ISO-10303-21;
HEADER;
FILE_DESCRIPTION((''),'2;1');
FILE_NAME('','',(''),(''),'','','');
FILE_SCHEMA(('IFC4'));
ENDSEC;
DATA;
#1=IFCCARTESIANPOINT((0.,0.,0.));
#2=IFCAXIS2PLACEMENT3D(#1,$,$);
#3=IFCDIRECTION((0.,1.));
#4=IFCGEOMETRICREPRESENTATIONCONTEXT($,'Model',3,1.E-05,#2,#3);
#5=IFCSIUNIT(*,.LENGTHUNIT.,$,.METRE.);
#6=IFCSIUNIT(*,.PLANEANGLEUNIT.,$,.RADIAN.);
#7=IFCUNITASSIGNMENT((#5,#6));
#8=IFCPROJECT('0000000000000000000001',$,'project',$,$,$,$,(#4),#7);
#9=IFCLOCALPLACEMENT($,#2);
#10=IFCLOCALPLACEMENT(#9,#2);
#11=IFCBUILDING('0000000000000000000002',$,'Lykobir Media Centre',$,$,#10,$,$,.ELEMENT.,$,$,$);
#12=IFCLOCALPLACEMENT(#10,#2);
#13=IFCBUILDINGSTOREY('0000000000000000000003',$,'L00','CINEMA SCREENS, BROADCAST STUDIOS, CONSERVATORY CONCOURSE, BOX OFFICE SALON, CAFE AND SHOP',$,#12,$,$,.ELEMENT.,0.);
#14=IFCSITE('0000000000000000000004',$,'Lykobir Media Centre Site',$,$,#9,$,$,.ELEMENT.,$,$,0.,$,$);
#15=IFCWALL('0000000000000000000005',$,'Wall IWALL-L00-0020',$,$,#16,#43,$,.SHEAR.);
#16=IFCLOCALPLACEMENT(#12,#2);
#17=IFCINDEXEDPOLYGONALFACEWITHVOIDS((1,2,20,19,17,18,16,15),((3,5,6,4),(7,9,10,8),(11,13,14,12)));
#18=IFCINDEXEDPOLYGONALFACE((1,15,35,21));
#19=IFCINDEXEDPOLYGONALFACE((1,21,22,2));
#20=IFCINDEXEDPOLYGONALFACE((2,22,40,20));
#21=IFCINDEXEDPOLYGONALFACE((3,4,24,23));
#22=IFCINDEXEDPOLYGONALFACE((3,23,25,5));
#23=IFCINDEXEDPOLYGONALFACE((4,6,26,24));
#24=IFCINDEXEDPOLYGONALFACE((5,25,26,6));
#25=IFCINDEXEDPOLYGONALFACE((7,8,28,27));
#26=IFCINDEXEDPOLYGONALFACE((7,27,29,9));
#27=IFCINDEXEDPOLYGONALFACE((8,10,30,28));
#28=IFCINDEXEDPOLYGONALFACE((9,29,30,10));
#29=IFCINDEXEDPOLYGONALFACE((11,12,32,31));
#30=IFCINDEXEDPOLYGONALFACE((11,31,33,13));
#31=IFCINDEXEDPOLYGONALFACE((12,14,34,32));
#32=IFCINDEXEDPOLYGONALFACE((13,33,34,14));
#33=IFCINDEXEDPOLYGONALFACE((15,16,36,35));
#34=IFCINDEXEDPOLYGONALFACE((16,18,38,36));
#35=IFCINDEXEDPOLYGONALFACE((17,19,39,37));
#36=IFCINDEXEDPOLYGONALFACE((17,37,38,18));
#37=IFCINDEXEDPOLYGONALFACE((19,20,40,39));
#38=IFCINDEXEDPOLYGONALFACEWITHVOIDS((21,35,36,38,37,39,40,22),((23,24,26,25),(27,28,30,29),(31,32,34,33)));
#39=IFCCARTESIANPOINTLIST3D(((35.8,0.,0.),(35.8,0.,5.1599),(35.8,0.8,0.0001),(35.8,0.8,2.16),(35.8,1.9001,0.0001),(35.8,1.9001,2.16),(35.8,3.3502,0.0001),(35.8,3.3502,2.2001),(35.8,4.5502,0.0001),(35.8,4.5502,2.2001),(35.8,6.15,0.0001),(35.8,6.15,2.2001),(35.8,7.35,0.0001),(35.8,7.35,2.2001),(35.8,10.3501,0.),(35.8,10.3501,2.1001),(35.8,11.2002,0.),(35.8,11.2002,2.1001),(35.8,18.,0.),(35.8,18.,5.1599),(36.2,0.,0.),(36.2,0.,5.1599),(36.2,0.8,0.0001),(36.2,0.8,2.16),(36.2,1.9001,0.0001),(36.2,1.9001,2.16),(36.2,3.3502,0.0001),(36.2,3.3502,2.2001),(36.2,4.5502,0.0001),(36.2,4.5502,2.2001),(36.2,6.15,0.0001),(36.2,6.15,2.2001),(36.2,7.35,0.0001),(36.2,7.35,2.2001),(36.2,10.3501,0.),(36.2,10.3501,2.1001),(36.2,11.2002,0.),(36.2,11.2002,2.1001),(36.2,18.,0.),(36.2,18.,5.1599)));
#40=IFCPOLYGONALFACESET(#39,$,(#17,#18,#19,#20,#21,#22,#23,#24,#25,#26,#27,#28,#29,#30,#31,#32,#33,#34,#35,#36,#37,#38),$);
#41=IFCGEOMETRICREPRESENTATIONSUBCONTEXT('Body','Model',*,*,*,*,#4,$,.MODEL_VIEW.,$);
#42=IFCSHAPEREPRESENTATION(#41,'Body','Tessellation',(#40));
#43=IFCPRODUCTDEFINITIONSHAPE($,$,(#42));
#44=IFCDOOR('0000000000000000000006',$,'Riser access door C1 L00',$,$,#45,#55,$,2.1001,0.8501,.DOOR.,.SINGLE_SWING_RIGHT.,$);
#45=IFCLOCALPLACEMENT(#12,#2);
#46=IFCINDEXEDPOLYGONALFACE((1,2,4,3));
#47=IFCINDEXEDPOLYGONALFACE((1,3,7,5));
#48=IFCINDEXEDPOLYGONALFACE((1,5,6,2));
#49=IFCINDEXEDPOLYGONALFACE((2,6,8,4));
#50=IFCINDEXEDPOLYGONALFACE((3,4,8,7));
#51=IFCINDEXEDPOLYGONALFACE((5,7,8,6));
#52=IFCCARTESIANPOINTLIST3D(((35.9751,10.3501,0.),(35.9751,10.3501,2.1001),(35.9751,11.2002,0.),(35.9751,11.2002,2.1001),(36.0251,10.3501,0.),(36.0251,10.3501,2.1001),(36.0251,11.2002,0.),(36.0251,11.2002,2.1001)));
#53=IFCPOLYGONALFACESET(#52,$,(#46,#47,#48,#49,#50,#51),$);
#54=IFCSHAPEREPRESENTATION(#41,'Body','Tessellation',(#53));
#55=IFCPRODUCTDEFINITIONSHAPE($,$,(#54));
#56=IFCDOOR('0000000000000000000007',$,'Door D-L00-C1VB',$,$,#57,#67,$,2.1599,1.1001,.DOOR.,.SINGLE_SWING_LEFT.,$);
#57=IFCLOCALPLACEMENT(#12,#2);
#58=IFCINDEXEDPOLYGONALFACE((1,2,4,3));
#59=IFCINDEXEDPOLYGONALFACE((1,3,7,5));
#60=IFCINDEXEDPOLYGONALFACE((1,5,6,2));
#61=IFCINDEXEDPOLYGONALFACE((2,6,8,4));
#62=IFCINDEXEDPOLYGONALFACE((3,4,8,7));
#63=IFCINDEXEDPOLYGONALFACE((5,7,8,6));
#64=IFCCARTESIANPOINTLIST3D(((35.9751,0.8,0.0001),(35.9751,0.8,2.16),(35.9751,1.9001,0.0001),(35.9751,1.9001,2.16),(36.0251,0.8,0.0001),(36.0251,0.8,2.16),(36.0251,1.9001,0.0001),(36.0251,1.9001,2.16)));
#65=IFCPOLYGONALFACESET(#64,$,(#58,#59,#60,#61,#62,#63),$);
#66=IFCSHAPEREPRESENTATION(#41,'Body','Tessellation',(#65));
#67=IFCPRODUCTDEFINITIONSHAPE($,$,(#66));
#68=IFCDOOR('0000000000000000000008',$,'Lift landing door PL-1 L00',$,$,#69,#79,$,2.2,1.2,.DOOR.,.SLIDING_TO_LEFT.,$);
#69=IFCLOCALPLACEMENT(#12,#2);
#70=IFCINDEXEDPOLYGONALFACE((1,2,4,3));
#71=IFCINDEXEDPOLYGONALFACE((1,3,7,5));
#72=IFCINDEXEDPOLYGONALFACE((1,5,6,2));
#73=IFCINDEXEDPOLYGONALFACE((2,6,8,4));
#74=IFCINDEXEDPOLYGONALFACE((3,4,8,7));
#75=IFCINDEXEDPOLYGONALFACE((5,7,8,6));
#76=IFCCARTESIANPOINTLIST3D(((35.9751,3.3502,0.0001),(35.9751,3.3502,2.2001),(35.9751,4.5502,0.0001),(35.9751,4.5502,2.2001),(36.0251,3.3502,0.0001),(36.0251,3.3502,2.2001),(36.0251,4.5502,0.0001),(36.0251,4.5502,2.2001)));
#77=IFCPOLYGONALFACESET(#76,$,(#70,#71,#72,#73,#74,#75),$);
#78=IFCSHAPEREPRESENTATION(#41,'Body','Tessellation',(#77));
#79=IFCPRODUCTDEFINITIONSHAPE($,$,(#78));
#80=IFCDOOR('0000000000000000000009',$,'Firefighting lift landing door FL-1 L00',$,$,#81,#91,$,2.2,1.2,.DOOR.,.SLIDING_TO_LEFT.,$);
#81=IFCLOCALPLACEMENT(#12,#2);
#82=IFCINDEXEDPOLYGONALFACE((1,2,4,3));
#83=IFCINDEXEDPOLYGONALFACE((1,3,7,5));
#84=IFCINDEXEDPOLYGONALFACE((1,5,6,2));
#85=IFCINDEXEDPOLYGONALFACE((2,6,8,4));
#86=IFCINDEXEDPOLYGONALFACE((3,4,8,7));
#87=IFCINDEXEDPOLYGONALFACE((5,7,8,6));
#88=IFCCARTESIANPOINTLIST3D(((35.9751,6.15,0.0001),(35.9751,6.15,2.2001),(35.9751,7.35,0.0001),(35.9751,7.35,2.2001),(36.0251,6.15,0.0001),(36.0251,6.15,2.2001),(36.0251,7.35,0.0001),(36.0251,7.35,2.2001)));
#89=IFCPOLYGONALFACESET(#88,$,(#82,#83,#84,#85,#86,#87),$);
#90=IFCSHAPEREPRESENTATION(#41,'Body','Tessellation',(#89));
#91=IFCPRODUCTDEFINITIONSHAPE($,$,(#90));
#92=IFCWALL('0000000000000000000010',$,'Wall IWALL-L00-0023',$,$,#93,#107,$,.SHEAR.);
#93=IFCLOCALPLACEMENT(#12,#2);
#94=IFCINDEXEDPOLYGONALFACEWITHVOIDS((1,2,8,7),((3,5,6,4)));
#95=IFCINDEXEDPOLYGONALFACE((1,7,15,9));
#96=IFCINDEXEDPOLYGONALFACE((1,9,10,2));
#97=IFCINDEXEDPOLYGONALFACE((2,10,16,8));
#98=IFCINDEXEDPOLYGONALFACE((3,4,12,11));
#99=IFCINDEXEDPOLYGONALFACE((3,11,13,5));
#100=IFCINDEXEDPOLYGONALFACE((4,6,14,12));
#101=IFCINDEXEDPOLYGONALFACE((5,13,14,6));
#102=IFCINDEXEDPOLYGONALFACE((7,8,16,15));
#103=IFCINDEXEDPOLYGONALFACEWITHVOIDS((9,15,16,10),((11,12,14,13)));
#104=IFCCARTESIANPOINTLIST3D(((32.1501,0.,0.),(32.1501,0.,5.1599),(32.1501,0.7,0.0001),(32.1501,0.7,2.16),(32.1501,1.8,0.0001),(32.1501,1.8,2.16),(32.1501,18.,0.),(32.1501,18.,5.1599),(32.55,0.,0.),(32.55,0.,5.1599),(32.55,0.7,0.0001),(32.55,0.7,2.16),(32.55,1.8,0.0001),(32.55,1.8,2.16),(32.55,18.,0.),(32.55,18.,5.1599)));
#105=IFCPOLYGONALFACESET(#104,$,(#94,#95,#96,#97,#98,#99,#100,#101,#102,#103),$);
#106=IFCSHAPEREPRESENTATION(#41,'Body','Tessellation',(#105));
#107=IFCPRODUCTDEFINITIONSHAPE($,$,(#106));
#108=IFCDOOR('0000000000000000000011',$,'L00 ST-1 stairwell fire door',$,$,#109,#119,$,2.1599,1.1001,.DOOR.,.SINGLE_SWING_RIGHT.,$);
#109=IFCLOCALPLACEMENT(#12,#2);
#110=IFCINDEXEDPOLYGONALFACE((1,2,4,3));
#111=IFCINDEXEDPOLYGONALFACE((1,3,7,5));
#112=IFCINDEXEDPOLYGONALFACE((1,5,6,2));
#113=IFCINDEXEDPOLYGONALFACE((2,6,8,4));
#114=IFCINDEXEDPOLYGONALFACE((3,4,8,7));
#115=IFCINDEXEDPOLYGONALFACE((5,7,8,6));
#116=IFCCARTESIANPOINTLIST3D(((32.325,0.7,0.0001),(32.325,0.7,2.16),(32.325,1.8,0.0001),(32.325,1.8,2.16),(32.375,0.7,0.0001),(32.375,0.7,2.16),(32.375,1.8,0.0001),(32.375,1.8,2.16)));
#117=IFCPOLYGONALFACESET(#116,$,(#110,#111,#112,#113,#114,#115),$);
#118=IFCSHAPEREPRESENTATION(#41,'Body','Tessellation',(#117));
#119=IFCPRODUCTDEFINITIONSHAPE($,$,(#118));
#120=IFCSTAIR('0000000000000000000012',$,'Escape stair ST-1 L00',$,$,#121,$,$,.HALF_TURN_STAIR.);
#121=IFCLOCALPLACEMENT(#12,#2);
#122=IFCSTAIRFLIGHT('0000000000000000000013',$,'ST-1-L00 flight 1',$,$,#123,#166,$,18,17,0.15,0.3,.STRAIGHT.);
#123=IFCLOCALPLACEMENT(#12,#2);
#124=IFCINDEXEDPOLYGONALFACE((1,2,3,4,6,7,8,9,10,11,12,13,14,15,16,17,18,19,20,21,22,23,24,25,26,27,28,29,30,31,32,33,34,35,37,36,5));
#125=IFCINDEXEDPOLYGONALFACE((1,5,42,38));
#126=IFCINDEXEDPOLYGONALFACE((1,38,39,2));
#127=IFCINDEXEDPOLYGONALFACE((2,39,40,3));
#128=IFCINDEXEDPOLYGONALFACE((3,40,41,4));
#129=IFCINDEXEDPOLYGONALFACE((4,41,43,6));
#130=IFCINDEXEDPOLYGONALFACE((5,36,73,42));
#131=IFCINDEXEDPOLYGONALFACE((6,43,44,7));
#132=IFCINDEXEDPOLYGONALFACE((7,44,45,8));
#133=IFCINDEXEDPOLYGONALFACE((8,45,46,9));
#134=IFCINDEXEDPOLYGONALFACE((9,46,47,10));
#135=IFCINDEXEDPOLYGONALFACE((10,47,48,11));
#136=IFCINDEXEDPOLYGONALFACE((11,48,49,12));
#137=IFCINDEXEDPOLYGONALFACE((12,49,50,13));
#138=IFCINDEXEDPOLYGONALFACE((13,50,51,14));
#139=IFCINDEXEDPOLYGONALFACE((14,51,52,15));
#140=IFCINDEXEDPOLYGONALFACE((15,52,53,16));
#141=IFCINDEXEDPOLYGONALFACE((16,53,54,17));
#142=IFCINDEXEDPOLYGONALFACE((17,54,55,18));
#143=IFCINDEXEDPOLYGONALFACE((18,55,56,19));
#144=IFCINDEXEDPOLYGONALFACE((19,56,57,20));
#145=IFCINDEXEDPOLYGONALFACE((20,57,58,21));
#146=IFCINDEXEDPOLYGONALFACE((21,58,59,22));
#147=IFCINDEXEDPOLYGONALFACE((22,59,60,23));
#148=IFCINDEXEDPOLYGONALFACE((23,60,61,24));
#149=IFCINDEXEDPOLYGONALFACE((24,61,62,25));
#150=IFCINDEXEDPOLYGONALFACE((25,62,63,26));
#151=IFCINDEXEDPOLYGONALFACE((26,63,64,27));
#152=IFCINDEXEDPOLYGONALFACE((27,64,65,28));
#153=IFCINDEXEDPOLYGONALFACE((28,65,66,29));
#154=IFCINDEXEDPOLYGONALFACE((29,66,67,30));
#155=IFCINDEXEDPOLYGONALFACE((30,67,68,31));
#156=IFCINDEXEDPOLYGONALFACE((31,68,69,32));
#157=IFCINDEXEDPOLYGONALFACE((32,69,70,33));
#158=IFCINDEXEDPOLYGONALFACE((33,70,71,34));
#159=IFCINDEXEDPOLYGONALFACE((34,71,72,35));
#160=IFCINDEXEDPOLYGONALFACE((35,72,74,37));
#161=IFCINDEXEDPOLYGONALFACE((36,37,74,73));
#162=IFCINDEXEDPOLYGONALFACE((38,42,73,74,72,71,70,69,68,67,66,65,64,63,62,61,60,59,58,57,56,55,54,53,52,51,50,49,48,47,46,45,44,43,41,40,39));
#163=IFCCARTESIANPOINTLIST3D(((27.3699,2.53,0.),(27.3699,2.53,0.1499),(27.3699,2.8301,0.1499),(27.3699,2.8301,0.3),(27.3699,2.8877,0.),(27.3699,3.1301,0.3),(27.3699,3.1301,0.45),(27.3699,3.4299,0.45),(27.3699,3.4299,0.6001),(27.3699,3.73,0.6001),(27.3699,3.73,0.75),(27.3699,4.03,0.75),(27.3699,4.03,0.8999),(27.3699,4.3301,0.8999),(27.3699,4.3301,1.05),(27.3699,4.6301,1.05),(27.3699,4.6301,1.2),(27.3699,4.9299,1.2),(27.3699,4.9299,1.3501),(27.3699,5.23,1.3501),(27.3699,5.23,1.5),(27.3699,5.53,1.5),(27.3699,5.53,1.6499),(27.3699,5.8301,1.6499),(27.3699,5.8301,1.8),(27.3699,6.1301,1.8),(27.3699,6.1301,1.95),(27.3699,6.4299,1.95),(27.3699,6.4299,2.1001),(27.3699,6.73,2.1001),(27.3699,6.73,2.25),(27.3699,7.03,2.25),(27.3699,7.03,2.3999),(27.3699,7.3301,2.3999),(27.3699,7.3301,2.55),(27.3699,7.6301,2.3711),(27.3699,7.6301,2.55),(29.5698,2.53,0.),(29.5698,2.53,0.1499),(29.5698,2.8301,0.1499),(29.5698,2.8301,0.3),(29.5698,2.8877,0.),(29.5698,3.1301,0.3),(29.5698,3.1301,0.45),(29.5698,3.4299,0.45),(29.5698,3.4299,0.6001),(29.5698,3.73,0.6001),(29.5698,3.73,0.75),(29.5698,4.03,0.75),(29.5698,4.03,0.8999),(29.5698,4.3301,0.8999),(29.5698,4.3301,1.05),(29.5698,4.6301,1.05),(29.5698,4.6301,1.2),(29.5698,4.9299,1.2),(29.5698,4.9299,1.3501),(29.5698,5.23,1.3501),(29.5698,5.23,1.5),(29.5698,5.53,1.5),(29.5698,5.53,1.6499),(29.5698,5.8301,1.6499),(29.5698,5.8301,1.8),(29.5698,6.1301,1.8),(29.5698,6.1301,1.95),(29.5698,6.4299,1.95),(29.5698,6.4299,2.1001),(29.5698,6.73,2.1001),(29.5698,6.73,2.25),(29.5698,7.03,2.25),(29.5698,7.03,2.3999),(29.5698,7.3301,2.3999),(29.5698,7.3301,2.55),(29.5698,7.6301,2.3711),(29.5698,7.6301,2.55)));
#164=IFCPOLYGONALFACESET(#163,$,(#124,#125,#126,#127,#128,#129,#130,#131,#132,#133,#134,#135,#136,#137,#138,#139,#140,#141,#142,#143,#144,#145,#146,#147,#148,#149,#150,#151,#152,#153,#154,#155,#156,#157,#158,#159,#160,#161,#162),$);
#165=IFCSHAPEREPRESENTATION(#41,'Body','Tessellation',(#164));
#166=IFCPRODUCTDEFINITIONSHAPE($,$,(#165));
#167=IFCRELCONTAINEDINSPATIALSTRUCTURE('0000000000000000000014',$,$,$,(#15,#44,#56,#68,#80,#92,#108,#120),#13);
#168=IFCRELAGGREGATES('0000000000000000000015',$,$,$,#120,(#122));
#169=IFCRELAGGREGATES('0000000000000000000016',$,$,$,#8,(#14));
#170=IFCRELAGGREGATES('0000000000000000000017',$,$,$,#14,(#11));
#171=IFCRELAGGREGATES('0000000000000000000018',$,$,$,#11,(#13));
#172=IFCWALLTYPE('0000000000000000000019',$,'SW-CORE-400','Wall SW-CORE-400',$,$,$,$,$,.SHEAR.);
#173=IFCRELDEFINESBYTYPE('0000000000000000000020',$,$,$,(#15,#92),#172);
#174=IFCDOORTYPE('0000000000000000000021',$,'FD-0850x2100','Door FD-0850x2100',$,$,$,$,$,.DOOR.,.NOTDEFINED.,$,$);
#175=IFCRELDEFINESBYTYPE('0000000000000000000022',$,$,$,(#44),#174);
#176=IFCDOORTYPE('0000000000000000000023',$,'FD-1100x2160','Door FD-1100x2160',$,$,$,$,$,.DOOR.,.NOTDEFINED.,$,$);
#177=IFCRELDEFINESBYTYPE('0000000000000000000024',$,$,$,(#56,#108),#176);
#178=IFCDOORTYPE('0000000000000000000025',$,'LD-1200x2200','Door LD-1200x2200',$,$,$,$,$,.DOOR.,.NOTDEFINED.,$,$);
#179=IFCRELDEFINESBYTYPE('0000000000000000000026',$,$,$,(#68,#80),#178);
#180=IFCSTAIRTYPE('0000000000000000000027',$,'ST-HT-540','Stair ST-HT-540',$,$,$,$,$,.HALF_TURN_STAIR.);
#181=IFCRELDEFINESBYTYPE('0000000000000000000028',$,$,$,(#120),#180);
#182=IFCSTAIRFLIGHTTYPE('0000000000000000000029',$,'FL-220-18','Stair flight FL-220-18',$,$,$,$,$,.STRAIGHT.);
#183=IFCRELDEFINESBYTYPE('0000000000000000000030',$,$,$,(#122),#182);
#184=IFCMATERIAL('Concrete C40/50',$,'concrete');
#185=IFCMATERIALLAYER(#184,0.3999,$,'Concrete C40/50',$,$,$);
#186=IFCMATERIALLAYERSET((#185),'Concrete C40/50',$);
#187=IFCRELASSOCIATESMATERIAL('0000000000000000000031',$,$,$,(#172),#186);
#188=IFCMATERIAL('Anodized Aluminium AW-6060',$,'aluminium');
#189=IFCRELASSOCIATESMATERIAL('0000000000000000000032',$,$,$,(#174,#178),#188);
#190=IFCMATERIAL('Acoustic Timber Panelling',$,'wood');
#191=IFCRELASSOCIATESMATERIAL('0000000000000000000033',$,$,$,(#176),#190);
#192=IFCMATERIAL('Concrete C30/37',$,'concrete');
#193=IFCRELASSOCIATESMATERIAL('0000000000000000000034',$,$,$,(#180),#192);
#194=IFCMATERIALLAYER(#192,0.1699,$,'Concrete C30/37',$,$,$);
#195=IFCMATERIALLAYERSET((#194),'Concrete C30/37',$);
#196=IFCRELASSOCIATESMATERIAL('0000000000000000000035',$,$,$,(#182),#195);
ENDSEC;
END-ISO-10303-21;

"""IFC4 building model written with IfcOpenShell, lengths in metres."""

from ifc_helpers import new_model, si_unit, direction, frame, frame_2d, origin, place, context, subcontext, project, spatial, polyline, rectangle, outline, extrude, material, layer, layer_set, type_object, element, fill, aggregate, save


model = new_model("IFC4")

# Units and contexts
model_context = context("Model", 3, precision=1e-05, world=origin(), true_north=direction((0.0, 1.0)))
body_context = subcontext(model_context, "Body", "Model", "MODEL_VIEW")
ifc_project = project(units=[si_unit("LENGTHUNIT", "METRE"), si_unit("PLANEANGLEUNIT", "RADIAN")], contexts=[model_context])

# Site, building, storey
site_placement = place(None, origin())
site = spatial("IfcSite", under=ifc_project, at=site_placement, Name="Lykobir Media Centre Site", CompositionType="ELEMENT", RefElevation=0.0)
building_placement = place(site_placement, origin())
building = spatial("IfcBuilding", under=site, at=building_placement, Name="Lykobir Media Centre", CompositionType="ELEMENT")
storey_placement = place(building_placement, origin())
storey = spatial("IfcBuildingStorey", under=building, at=storey_placement, Name="L00", Description="CINEMA SCREENS, BROADCAST STUDIOS, CONSERVATORY CONCOURSE, BOX OFFICE SALON, CAFE AND SHOP", CompositionType="ELEMENT", Elevation=0.0)

# Shared definitions
ifc_material_1 = material(Name="Concrete C40/50", Category="concrete")

# Shared definitions
ifc_material_2 = material(Name="Concrete C30/37", Category="concrete")

# Wall, openings, doors
ifc_layer_1 = layer(ifc_material_1, 0.3999, Name="Concrete C40/50")
ifc_layer_set_1 = layer_set([ifc_layer_1], Name="Concrete C40/50")
wall_type_1 = type_object("IfcWallType", Name="SW-CORE-400", Description="Wall SW-CORE-400", PredefinedType="SHEAR", material=ifc_layer_set_1)
wall_1_placement = place(storey_placement, frame((36.0, 0.0, 0.0), z_axis=(0.0, 0.0, 1.0), x_axis=(0.0, 1.0, 0.0)))
wall_1 = element("IfcWall", 1, at=wall_1_placement, inside=storey, type_object=wall_type_1, Name="Wall IWALL-L00-0020", PredefinedType="SHEAR", context=body_context, shape_type="SweptSolid", body=[
    extrude(rectangle(XDim=18.0, YDim=0.3999, at=frame_2d((9.0, 0.0))), origin(), (0.0, 0.0, 1.0), 5.1599),
])
opening_1_placement = place(wall_1_placement, frame((0.8, 0.0, 0.0)))
opening_1 = element("IfcOpeningElement", 2, at=opening_1_placement, cuts=wall_1, PredefinedType="OPENING", context=body_context, shape_type="SweptSolid", body=[
    extrude(rectangle(XDim=1.1001, YDim=2.1599, at=frame_2d((0.55, 1.0801))), frame((0.0, 0.21, 0.0), z_axis=(0.0, -1.0, 0.0), x_axis=(1.0, 0.0, 0.0)), (0.0, 0.0, 1.0), 0.4199),
])
opening_2_placement = place(wall_1_placement, frame((3.3501, 0.0, 0.0)))
opening_2 = element("IfcOpeningElement", 3, at=opening_2_placement, cuts=wall_1, PredefinedType="OPENING", context=body_context, shape_type="SweptSolid", body=[
    extrude(rectangle(XDim=1.2, YDim=2.2, at=frame_2d((0.6001, 1.1001))), frame((0.0, 0.21, 0.0), z_axis=(0.0, -1.0, 0.0), x_axis=(1.0, 0.0, 0.0)), (0.0, 0.0, 1.0), 0.4199),
])
opening_3_placement = place(wall_1_placement, frame((6.1499, 0.0, 0.0)))
opening_3 = element("IfcOpeningElement", 4, at=opening_3_placement, cuts=wall_1, PredefinedType="OPENING", context=body_context, shape_type="SweptSolid", body=[
    extrude(rectangle(XDim=1.2, YDim=2.2, at=frame_2d((0.6001, 1.1001))), frame((0.0, 0.21, 0.0), z_axis=(0.0, -1.0, 0.0), x_axis=(1.0, 0.0, 0.0)), (0.0, 0.0, 1.0), 0.4199),
])
opening_4_placement = place(wall_1_placement, frame((10.3501, 0.0, 0.0)))
opening_4 = element("IfcOpeningElement", 5, at=opening_4_placement, cuts=wall_1, PredefinedType="OPENING", context=body_context, shape_type="SweptSolid", body=[
    extrude(rectangle(XDim=0.8501, YDim=2.1001, at=frame_2d((0.425, 1.05))), frame((0.0, 0.21, 0.0), z_axis=(0.0, -1.0, 0.0), x_axis=(1.0, 0.0, 0.0)), (0.0, 0.0, 1.0), 0.4199),
])
ifc_material_3 = material(Name="Anodized Aluminium AW-6060", Category="aluminium")
door_type_1 = type_object("IfcDoorType", Name="FD-0850x2100", Description="Door FD-0850x2100", OperationType="NOTDEFINED", PredefinedType="DOOR", material=ifc_material_3)
door_1_placement = place(opening_4_placement, origin())
door_1 = element("IfcDoor", 6, at=door_1_placement, inside=storey, type_object=door_type_1, Name="Riser access door C1 L00", OperationType="SINGLE_SWING_RIGHT", OverallHeight=2.1001, OverallWidth=0.8501, PredefinedType="DOOR", context=body_context, shape_type="SweptSolid", body=[
    extrude(rectangle(XDim=0.8501, YDim=2.1001, at=frame_2d((0.425, 1.05))), frame((0.0, 0.0249, 0.0), z_axis=(0.0, -1.0, 0.0), x_axis=(1.0, 0.0, 0.0)), (0.0, 0.0, 1.0), 0.05),
])
fill(opening_4, door_1)
ifc_material_4 = material(Name="Acoustic Timber Panelling", Category="wood")
door_type_2 = type_object("IfcDoorType", Name="FD-1100x2160", Description="Door FD-1100x2160", OperationType="NOTDEFINED", PredefinedType="DOOR", material=ifc_material_4)
door_2_placement = place(opening_1_placement, origin())
door_2 = element("IfcDoor", 7, at=door_2_placement, inside=storey, type_object=door_type_2, Name="Door D-L00-C1VB", OperationType="SINGLE_SWING_LEFT", OverallHeight=2.1599, OverallWidth=1.1001, PredefinedType="DOOR", context=body_context, shape_type="SweptSolid", body=[
    extrude(rectangle(XDim=1.1001, YDim=2.1599, at=frame_2d((0.55, 1.0801))), frame((0.0, 0.0249, 0.0), z_axis=(0.0, -1.0, 0.0), x_axis=(1.0, 0.0, 0.0)), (0.0, 0.0, 1.0), 0.05),
])
fill(opening_1, door_2)
door_type_3 = type_object("IfcDoorType", Name="LD-1200x2200", Description="Door LD-1200x2200", OperationType="NOTDEFINED", PredefinedType="DOOR", material=ifc_material_3)
door_3_placement = place(opening_2_placement, origin())
door_3 = element("IfcDoor", 8, at=door_3_placement, inside=storey, type_object=door_type_3, Name="Lift landing door PL-1 L00", OperationType="SLIDING_TO_LEFT", OverallHeight=2.2, OverallWidth=1.2, PredefinedType="DOOR", context=body_context, shape_type="SweptSolid", body=[
    extrude(rectangle(XDim=1.2, YDim=2.2, at=frame_2d((0.6001, 1.1001))), frame((0.0, 0.0249, 0.0), z_axis=(0.0, -1.0, 0.0), x_axis=(1.0, 0.0, 0.0)), (0.0, 0.0, 1.0), 0.05),
])
fill(opening_2, door_3)
door_4_placement = place(opening_3_placement, origin())
door_4 = element("IfcDoor", 9, at=door_4_placement, inside=storey, type_object=door_type_3, Name="Firefighting lift landing door FL-1 L00", OperationType="SLIDING_TO_LEFT", OverallHeight=2.2, OverallWidth=1.2, PredefinedType="DOOR", context=body_context, shape_type="SweptSolid", body=[
    extrude(rectangle(XDim=1.2, YDim=2.2, at=frame_2d((0.6001, 1.1001))), frame((0.0, 0.0249, 0.0), z_axis=(0.0, -1.0, 0.0), x_axis=(1.0, 0.0, 0.0)), (0.0, 0.0, 1.0), 0.05),
])
fill(opening_3, door_4)

# Wall, opening, door
wall_2_placement = place(storey_placement, frame((32.3501, 0.0, 0.0), z_axis=(0.0, 0.0, 1.0), x_axis=(0.0, 1.0, 0.0)))
wall_2 = element("IfcWall", 10, at=wall_2_placement, inside=storey, type_object=wall_type_1, Name="Wall IWALL-L00-0023", PredefinedType="SHEAR", context=body_context, shape_type="SweptSolid", body=[
    extrude(rectangle(XDim=18.0, YDim=0.3999, at=frame_2d((9.0, 0.0))), origin(), (0.0, 0.0, 1.0), 5.1599),
])
opening_5_placement = place(wall_2_placement, frame((0.7, 0.0, 0.0)))
opening_5 = element("IfcOpeningElement", 11, at=opening_5_placement, cuts=wall_2, PredefinedType="OPENING", context=body_context, shape_type="SweptSolid", body=[
    extrude(rectangle(XDim=1.1001, YDim=2.1599, at=frame_2d((0.55, 1.0801))), frame((0.0, 0.21, 0.0), z_axis=(0.0, -1.0, 0.0), x_axis=(1.0, 0.0, 0.0)), (0.0, 0.0, 1.0), 0.4199),
])
door_5_placement = place(opening_5_placement, frame((1.1001, 0.0, 0.0), z_axis=(0.0, 0.0, 1.0), x_axis=(-1.0, 0.0, 0.0)))
door_5 = element("IfcDoor", 12, at=door_5_placement, inside=storey, type_object=door_type_2, Name="L00 ST-1 stairwell fire door", OperationType="SINGLE_SWING_RIGHT", OverallHeight=2.1599, OverallWidth=1.1001, PredefinedType="DOOR", context=body_context, shape_type="SweptSolid", body=[
    extrude(rectangle(XDim=1.1001, YDim=2.1599, at=frame_2d((0.55, 1.0801))), frame((0.0, 0.0249, 0.0), z_axis=(0.0, -1.0, 0.0), x_axis=(1.0, 0.0, 0.0)), (0.0, 0.0, 1.0), 0.05),
])
fill(opening_5, door_5)

# Stair, stair flight
stair_type = type_object("IfcStairType", Name="ST-HT-540", Description="Stair ST-HT-540", PredefinedType="HALF_TURN_STAIR", material=ifc_material_2)
stair_placement = place(storey_placement, origin())
stair = element("IfcStair", 13, at=stair_placement, inside=storey, type_object=stair_type, Name="Escape stair ST-1 L00", PredefinedType="HALF_TURN_STAIR")
ifc_layer_2 = layer(ifc_material_2, 0.1699, Name="Concrete C30/37")
ifc_layer_set_2 = layer_set([ifc_layer_2], Name="Concrete C30/37")
stair_flight_type = type_object("IfcStairFlightType", Name="FL-220-18", Description="Stair flight FL-220-18", PredefinedType="STRAIGHT", material=ifc_layer_set_2)
stair_flight_1_placement = place(storey_placement, frame((28.47, 2.53, 0.0), z_axis=(0.0, 0.0, 1.0), x_axis=(0.0, 1.0, 0.0)))
stair_flight_1 = element("IfcStairFlight", 14, at=stair_flight_1_placement, type_object=stair_flight_type, Name="ST-1-L00 flight 1", NumberOfRisers=18, NumberOfTreads=17, PredefinedType="STRAIGHT", RiserHeight=0.15, TreadLength=0.3, context=body_context, shape_type="SweptSolid", body=[
    extrude(outline(polyline([(0.0, 0.0), (0.0, 0.1499), (0.3, 0.1499), (0.3, 0.3), (0.6001, 0.3), (0.6001, 0.45), (0.8999, 0.45), (0.8999, 0.6001), (1.2, 0.6001), (1.2, 0.75), (1.5, 0.75), (1.5, 0.8999), (1.8, 0.8999), (1.8, 1.05), (2.1001, 1.05), (2.1001, 1.2), (2.3999, 1.2), (2.3999, 1.3501), (2.7, 1.3501), (2.7, 1.5), (3.0, 1.5), (3.0, 1.6499), (3.3, 1.6499), (3.3, 1.8), (3.6001, 1.8), (3.6001, 1.95), (3.8999, 1.95), (3.8999, 2.1001), (4.2, 2.1001), (4.2, 2.25), (4.5, 2.25), (4.5, 2.3999), (4.8, 2.3999), (4.8, 2.55), (5.1001, 2.55), (5.1001, 2.7), (5.1001, 2.3711), (0.3577, 0.0), (0.0, 0.0)])), frame((0.0, 1.1001, 0.0), z_axis=(0.0, -1.0, 0.0), x_axis=(1.0, 0.0, 0.0)), (0.0, 0.0, 1.0), 2.2),
])
aggregate(stair, [stair_flight_1])

save(model, "model.ifc")
